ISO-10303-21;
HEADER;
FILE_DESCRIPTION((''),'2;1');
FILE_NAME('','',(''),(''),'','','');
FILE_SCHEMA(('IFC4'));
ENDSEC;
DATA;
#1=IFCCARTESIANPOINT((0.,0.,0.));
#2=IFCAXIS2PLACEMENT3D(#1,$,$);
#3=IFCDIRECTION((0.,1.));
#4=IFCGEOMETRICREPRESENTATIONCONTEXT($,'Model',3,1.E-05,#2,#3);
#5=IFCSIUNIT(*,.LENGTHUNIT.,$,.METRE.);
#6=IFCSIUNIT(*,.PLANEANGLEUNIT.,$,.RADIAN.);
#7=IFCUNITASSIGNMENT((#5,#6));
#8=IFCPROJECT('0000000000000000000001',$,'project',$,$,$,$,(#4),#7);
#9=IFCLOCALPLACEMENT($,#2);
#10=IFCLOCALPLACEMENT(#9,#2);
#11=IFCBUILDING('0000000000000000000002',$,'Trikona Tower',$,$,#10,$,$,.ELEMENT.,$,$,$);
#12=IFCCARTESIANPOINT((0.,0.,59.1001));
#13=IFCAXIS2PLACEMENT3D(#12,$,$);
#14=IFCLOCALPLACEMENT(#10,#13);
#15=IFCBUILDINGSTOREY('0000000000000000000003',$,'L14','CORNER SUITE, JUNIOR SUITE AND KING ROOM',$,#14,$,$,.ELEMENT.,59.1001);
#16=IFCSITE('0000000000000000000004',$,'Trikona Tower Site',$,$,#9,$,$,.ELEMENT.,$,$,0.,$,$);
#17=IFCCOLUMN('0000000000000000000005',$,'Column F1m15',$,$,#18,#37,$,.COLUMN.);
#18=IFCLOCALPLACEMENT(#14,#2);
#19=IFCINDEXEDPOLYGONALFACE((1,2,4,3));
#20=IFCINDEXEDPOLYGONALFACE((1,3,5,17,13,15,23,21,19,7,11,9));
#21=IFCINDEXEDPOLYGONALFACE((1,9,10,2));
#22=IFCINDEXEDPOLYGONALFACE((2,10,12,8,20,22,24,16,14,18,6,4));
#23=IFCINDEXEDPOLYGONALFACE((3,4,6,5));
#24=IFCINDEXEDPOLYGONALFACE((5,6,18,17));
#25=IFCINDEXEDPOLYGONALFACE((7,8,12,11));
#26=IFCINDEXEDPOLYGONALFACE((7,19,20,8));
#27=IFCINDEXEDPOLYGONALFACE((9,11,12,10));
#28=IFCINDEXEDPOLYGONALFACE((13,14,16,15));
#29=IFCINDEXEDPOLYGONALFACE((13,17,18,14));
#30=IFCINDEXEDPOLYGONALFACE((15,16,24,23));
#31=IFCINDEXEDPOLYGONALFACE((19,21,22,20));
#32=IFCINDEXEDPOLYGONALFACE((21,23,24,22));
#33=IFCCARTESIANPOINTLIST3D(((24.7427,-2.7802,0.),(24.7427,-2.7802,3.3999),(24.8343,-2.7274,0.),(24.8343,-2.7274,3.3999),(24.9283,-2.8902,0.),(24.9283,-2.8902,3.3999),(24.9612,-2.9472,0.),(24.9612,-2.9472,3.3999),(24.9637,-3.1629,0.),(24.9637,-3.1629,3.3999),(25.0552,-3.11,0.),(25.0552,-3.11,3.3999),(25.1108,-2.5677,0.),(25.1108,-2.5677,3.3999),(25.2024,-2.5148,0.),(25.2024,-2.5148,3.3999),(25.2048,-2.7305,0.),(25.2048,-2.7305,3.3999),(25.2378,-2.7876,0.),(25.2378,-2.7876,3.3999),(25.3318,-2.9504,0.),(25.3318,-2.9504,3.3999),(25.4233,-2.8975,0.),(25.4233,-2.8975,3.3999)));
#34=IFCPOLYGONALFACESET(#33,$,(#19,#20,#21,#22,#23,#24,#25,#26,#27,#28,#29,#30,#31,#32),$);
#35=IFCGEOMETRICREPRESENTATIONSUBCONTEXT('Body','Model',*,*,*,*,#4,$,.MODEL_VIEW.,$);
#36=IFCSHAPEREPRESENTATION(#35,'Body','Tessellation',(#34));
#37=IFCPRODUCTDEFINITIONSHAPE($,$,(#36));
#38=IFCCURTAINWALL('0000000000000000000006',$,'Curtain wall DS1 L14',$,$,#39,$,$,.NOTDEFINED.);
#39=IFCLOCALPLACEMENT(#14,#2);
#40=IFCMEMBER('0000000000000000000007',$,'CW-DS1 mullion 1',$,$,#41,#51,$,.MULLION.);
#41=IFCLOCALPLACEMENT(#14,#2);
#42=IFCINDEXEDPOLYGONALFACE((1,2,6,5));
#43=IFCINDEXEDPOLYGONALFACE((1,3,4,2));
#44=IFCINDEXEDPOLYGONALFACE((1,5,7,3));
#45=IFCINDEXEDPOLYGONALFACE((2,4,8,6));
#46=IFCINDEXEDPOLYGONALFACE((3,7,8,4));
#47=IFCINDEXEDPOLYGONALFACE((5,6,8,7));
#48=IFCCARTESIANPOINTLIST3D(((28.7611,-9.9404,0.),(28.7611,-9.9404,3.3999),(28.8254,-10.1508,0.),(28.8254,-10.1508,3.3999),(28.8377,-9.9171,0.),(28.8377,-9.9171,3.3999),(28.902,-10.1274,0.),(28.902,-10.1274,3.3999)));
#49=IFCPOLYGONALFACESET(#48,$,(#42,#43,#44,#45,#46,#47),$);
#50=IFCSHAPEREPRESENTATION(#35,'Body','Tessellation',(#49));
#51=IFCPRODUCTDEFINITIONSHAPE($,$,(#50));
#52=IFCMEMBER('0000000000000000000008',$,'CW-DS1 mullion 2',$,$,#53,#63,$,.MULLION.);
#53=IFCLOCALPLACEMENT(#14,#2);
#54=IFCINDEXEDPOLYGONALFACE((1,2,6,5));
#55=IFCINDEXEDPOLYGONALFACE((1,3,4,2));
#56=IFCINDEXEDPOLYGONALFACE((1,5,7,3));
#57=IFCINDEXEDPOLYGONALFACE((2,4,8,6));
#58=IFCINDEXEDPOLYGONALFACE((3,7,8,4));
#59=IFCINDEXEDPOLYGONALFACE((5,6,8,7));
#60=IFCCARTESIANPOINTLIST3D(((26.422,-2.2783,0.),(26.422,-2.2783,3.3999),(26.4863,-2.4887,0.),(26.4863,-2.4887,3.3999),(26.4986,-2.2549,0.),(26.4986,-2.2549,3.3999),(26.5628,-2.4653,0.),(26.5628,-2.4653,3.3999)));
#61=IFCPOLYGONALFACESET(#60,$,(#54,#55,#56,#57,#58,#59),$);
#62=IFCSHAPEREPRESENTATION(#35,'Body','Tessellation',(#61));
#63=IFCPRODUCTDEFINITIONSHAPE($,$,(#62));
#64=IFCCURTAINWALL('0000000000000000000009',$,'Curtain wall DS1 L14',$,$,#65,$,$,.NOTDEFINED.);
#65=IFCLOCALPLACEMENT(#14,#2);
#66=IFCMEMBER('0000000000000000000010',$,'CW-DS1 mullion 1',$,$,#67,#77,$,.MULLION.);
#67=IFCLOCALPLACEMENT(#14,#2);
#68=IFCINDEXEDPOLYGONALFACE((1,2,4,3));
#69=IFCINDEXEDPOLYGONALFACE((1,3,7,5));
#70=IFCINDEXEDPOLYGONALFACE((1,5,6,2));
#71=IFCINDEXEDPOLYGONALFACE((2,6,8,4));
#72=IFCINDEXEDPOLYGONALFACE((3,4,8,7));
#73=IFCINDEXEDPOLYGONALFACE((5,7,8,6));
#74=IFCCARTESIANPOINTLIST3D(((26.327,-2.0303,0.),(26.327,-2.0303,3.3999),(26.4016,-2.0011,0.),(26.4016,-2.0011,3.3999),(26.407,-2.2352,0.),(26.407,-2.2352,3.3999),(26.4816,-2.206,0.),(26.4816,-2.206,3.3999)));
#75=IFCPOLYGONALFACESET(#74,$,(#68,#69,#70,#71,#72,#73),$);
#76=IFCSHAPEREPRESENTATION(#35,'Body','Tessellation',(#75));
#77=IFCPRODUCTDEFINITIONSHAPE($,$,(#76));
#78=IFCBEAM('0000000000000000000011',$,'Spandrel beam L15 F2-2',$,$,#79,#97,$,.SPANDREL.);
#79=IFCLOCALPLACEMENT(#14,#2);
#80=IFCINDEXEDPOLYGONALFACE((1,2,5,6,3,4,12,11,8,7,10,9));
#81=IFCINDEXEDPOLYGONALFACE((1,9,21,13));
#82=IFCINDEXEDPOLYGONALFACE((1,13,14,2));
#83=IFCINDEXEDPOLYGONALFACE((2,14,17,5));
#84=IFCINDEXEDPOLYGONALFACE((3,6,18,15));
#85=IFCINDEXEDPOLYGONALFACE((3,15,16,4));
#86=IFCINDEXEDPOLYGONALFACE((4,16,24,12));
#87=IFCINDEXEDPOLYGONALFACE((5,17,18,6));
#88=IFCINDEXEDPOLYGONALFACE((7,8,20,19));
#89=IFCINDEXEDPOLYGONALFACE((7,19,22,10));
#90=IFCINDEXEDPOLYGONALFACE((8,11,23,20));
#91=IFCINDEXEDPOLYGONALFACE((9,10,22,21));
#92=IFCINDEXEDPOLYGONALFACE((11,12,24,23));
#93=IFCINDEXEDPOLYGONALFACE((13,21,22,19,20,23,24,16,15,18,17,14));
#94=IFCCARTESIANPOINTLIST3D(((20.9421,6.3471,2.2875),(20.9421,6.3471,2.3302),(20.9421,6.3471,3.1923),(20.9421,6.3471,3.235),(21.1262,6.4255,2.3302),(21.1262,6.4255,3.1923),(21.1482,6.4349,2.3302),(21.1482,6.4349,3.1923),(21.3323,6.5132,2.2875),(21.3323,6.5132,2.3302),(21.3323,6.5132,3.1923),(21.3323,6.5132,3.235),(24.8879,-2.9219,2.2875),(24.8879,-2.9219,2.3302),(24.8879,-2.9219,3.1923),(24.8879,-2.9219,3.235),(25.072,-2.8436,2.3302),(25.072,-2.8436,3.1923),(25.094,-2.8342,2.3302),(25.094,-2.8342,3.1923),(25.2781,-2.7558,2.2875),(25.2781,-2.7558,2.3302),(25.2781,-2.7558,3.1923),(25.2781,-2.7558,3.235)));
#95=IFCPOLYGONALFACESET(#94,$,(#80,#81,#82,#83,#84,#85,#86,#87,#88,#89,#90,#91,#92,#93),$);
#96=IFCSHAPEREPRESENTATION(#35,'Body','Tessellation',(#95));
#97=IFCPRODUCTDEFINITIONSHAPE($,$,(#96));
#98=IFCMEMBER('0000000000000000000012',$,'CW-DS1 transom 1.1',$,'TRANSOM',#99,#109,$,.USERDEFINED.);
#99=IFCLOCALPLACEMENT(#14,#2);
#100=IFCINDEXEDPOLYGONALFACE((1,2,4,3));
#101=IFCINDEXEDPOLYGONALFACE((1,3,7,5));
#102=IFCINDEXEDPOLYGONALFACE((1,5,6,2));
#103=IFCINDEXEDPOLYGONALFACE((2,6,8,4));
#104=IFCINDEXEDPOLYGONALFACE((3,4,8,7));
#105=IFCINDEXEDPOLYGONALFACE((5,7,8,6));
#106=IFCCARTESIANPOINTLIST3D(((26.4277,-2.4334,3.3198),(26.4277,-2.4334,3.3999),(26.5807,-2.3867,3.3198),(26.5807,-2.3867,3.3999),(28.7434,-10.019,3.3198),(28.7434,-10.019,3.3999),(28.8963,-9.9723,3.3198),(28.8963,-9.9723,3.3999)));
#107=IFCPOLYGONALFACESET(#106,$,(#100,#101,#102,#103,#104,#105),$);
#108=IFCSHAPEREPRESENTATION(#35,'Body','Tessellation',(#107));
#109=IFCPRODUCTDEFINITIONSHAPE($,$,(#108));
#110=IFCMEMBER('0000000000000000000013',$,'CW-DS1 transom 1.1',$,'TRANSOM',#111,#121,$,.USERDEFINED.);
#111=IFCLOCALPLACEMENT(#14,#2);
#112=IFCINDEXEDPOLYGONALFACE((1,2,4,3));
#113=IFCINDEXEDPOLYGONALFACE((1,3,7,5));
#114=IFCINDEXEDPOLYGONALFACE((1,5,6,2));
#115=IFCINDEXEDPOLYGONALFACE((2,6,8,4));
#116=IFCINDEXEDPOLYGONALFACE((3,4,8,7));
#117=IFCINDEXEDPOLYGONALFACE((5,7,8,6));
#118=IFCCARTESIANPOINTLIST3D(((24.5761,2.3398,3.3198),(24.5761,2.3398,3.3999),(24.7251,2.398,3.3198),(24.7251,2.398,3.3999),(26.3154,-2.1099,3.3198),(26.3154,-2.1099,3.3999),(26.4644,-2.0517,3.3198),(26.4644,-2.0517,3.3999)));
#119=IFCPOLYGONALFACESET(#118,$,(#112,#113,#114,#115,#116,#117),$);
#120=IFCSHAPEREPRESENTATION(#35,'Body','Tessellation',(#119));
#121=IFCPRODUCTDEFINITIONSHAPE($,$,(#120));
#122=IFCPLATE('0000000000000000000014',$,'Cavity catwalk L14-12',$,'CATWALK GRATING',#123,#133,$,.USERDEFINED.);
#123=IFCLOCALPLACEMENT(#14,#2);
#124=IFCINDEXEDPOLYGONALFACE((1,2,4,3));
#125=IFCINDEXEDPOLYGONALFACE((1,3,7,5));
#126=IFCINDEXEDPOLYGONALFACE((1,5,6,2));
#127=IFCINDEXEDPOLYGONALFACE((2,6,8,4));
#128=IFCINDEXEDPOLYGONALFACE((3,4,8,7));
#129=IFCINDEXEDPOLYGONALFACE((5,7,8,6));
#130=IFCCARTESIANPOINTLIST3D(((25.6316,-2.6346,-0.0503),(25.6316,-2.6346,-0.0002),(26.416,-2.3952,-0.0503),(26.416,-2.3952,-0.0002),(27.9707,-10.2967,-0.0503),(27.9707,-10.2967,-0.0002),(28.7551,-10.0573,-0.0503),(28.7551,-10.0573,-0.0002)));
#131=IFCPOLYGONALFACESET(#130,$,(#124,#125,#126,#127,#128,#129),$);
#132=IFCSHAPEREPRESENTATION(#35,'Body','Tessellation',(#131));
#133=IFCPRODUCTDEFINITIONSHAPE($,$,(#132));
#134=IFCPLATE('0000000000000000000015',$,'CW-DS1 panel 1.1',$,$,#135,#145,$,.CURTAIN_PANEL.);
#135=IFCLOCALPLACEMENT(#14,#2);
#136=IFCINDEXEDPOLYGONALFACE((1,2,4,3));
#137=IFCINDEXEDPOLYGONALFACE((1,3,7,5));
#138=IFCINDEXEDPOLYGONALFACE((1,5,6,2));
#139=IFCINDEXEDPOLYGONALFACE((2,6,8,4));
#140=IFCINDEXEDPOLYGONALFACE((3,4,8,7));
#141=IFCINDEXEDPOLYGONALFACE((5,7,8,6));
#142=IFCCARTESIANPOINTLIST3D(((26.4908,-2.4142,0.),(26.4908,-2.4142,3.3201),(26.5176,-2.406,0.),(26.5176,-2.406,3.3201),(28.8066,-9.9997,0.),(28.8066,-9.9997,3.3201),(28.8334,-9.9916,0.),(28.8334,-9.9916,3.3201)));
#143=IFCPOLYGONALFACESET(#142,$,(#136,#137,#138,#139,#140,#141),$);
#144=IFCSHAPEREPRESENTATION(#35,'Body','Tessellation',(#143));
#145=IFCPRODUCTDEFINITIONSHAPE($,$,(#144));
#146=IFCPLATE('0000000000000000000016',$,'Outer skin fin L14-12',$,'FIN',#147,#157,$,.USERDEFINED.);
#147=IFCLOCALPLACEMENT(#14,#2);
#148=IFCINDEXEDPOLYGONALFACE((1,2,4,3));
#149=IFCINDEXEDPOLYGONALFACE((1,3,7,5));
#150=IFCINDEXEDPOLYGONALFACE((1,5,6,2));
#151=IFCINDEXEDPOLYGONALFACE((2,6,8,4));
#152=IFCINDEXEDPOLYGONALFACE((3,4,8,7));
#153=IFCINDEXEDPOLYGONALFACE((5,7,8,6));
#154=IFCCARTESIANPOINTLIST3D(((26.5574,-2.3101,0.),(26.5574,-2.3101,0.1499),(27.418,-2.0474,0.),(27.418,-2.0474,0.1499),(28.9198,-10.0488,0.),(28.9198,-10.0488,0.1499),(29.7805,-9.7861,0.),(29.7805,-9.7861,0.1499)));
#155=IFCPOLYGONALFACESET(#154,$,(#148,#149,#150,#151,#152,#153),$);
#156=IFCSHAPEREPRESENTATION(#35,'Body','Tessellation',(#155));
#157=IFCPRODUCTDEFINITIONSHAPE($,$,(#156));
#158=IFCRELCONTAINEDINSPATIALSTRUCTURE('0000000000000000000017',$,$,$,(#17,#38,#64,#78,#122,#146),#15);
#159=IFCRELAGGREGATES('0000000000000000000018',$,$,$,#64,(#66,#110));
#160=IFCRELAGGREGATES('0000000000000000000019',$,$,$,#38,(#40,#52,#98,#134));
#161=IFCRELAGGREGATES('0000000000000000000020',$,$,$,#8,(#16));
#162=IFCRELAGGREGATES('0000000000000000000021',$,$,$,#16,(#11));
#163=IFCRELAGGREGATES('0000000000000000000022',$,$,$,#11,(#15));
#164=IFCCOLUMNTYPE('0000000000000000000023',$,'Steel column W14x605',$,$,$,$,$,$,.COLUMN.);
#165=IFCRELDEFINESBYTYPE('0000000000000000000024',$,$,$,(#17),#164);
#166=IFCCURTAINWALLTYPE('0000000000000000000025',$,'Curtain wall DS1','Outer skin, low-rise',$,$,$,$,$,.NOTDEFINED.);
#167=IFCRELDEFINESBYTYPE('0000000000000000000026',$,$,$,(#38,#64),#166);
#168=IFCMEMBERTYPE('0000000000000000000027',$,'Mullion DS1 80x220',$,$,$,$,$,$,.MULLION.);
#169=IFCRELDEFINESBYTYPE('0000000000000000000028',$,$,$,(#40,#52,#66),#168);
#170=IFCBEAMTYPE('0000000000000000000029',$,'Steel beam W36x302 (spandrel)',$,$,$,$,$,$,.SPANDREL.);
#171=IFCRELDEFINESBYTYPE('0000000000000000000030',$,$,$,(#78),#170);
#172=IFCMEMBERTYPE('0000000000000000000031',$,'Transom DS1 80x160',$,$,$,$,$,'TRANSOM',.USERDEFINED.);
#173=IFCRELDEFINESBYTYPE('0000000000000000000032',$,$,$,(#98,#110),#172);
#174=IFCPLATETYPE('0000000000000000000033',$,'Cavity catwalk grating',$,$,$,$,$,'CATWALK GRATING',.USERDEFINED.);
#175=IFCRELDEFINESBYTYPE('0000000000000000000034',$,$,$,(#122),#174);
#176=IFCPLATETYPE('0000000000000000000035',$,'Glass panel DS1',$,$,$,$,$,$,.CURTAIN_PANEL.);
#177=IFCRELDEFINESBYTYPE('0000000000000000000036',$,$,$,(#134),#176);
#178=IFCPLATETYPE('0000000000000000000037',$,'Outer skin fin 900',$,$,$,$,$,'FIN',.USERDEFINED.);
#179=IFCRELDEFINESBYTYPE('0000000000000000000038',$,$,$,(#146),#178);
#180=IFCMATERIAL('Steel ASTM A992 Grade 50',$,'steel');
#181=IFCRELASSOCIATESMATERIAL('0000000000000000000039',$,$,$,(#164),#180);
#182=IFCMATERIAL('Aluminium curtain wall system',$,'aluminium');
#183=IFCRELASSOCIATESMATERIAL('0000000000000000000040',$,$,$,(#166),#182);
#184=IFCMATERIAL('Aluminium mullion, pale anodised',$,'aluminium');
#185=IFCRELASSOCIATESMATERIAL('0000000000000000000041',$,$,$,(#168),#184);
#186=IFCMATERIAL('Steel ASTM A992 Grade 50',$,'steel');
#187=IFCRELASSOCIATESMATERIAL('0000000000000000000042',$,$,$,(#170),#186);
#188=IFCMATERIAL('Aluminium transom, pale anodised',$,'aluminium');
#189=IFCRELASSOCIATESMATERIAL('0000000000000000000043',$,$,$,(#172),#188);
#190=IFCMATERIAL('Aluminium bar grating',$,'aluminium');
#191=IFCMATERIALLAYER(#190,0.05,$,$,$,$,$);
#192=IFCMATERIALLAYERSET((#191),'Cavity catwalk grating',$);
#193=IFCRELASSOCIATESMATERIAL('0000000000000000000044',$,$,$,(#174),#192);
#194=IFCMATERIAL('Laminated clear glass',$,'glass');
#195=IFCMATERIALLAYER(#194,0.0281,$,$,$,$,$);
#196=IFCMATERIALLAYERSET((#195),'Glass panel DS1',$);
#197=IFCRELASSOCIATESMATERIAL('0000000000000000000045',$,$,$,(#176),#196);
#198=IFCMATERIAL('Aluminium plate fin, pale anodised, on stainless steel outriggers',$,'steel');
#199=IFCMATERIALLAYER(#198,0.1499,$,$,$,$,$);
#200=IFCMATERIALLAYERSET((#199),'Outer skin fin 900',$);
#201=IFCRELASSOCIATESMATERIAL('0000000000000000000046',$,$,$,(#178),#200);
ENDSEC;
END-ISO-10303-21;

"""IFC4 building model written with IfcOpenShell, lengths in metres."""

from ifc_helpers import new_model, si_unit, direction, frame, origin, origin_2d, place, context, subcontext, project, spatial, rectangle, i_section, extrude, material, layer, layer_set, material_profile, profile_set, type_object, element, aggregate, save


model = new_model("IFC4")

# Units and contexts
model_context = context("Model", 3, precision=1e-05, world=origin(), true_north=direction((0.0, 1.0)))
body_context = subcontext(model_context, "Body", "Model", "MODEL_VIEW")
ifc_project = project(units=[si_unit("LENGTHUNIT", "METRE"), si_unit("PLANEANGLEUNIT", "RADIAN")], contexts=[model_context])

# Site, building, storey
site_placement = place(None, origin())
site = spatial("IfcSite", under=ifc_project, at=site_placement, Name="Trikona Tower Site", CompositionType="ELEMENT", RefElevation=0.0)
building_placement = place(site_placement, origin())
building = spatial("IfcBuilding", under=site, at=building_placement, Name="Trikona Tower", CompositionType="ELEMENT")
storey_placement = place(building_placement, frame((0.0, 0.0, 59.1001)))
storey = spatial("IfcBuildingStorey", under=building, at=storey_placement, Name="L14", Description="CORNER SUITE, JUNIOR SUITE AND KING ROOM", CompositionType="ELEMENT", Elevation=59.1001)

# Column
ifc_material_1 = material(Name="Steel ASTM A992 Grade 50", Category="steel")
ifc_material_profile_1 = material_profile(ifc_material_1, i_section(OverallWidth=0.4419, OverallDepth=0.5308, WebThickness=0.0659, FlangeThickness=0.1057, at=origin_2d()), Name="W14X605")
ifc_profile_set_1 = profile_set([ifc_material_profile_1], Name="Steel ASTM A992 Grade 50")
column_type = type_object("IfcColumnType", Name="Steel column W14x605", PredefinedType="COLUMN", material=ifc_profile_set_1)
column_placement = place(storey_placement, frame((25.083, -2.8389, 0.0), z_axis=(0.0, 0.0, 1.0), x_axis=(-0.5, 0.866025, 0.0)))
element("IfcColumn", 1, at=column_placement, inside=storey, type_object=column_type, Name="Column F1m15", PredefinedType="COLUMN", context=body_context, shape_type="SweptSolid", body=[
    extrude(i_section(OverallWidth=0.4419, OverallDepth=0.5308, WebThickness=0.0659, FlangeThickness=0.1057, at=origin_2d()), origin(), (0.0, 0.0, 1.0), 3.3999),
])

# Curtain wall, members
ifc_material_2 = material(Name="Aluminium curtain wall system", Category="aluminium")
curtain_wall_type = type_object("IfcCurtainWallType", Name="Curtain wall DS1", Description="Outer skin, low-rise", PredefinedType="NOTDEFINED", material=ifc_material_2)
curtain_wall_1_placement = place(storey_placement, origin())
curtain_wall_1 = element("IfcCurtainWall", 2, at=curtain_wall_1_placement, inside=storey, type_object=curtain_wall_type, Name="Curtain wall DS1 L14", PredefinedType="NOTDEFINED")
ifc_material_3 = material(Name="Aluminium mullion, pale anodised", Category="aluminium")
ifc_material_profile_2 = material_profile(ifc_material_3, rectangle(XDim=0.0801, YDim=0.22, at=origin_2d()), Name="MUL-DS1")
ifc_profile_set_2 = profile_set([ifc_material_profile_2], Name="Aluminium mullion, pale anodised")
member_type_1 = type_object("IfcMemberType", Name="Mullion DS1 80x220", PredefinedType="MULLION", material=ifc_profile_set_2)
member_1_placement = place(storey_placement, frame((28.8315, -10.0339, 0.0), z_axis=(0.0, 0.0, 1.0), x_axis=(-0.956423, -0.291984, 0.0)))
member_1 = element("IfcMember", 3, at=member_1_placement, type_object=member_type_1, Name="CW-DS1 mullion 1", PredefinedType="MULLION", context=body_context, shape_type="SweptSolid", body=[
    extrude(rectangle(XDim=0.0801, YDim=0.22, at=origin_2d()), origin(), (0.0, 0.0, 1.0), 3.3999),
])
member_2_placement = place(storey_placement, frame((26.4924, -2.3718, 0.0), z_axis=(0.0, 0.0, 1.0), x_axis=(-0.956423, -0.291984, 0.0)))
member_2 = element("IfcMember", 4, at=member_2_placement, type_object=member_type_1, Name="CW-DS1 mullion 2", PredefinedType="MULLION", context=body_context, shape_type="SweptSolid", body=[
    extrude(rectangle(XDim=0.0801, YDim=0.22, at=origin_2d()), origin(), (0.0, 0.0, 1.0), 3.3999),
])

# Curtain wall, member
curtain_wall_2_placement = place(storey_placement, origin())
curtain_wall_2 = element("IfcCurtainWall", 5, at=curtain_wall_2_placement, inside=storey, type_object=curtain_wall_type, Name="Curtain wall DS1 L14", PredefinedType="NOTDEFINED")
member_3_placement = place(storey_placement, frame((26.4043, -2.1182, 0.0), z_axis=(0.0, 0.0, 1.0), x_axis=(-0.931396, -0.364008, 0.0)))
member_3 = element("IfcMember", 6, at=member_3_placement, type_object=member_type_1, Name="CW-DS1 mullion 1", PredefinedType="MULLION", context=body_context, shape_type="SweptSolid", body=[
    extrude(rectangle(XDim=0.0801, YDim=0.22, at=origin_2d()), origin(), (0.0, 0.0, 1.0), 3.3999),
])

# Beam
ifc_material_4 = material(Name="Steel ASTM A992 Grade 50", Category="steel")
ifc_material_profile_3 = material_profile(ifc_material_4, i_section(OverallWidth=0.4241, OverallDepth=0.9475, WebThickness=0.0239, FlangeThickness=0.0427, at=origin_2d()), Name="W36X302")
ifc_profile_set_3 = profile_set([ifc_material_profile_3], Name="Steel ASTM A992 Grade 50")
beam_type = type_object("IfcBeamType", Name="Steel beam W36x302 (spandrel)", PredefinedType="SPANDREL", material=ifc_profile_set_3)
beam_placement = place(storey_placement, frame((25.083, -2.8389, 2.7612), z_axis=(-0.391684, 0.9201, 0.0), x_axis=(-0.9201, -0.391684, 0.0)))
element("IfcBeam", 7, at=beam_placement, inside=storey, type_object=beam_type, Name="Spandrel beam L15 F2-2", PredefinedType="SPANDREL", context=body_context, shape_type="SweptSolid", body=[
    extrude(i_section(OverallWidth=0.4241, OverallDepth=0.9475, WebThickness=0.0239, FlangeThickness=0.0427, at=origin_2d()), origin(), (0.0, 0.0, 1.0), 10.074),
])

# Members
ifc_material_5 = material(Name="Aluminium transom, pale anodised", Category="aluminium")
ifc_material_profile_4 = material_profile(ifc_material_5, rectangle(XDim=0.1599, YDim=0.0801, at=origin_2d()), Name="TRN-DS1")
ifc_profile_set_4 = profile_set([ifc_material_profile_4], Name="Aluminium transom, pale anodised")
member_type_2 = type_object("IfcMemberType", Name="Transom DS1 80x160", ElementType="TRANSOM", PredefinedType="USERDEFINED", material=ifc_profile_set_4)
member_4_placement = place(storey_placement, frame((28.8198, -9.9956, 3.3599), z_axis=(-0.291967, 0.956428, 0.0), x_axis=(-0.956428, -0.291967, 0.0)))
member_4 = element("IfcMember", 8, at=member_4_placement, type_object=member_type_2, Name="CW-DS1 transom 1.1", ObjectType="TRANSOM", PredefinedType="USERDEFINED", context=body_context, shape_type="SweptSolid", body=[
    extrude(rectangle(XDim=0.1599, YDim=0.0801, at=origin_2d()), origin(), (0.0, 0.0, 1.0), 7.9312),
])
member_5_placement = place(storey_placement, frame((26.3899, -2.0808, 3.3599), z_axis=(-0.364049, 0.93138, 0.0), x_axis=(-0.93138, -0.364049, 0.0)))
member_5 = element("IfcMember", 9, at=member_5_placement, type_object=member_type_2, Name="CW-DS1 transom 1.1", ObjectType="TRANSOM", PredefinedType="USERDEFINED", context=body_context, shape_type="SweptSolid", body=[
    extrude(rectangle(XDim=0.1599, YDim=0.0801, at=origin_2d()), origin(), (0.0, 0.0, 1.0), 4.7776),
])
aggregate(curtain_wall_2, [member_3, member_5])

# Plates
ifc_material_6 = material(Name="Aluminium bar grating", Category="aluminium")
ifc_layer_1 = layer(ifc_material_6, 0.05)
ifc_layer_set_1 = layer_set([ifc_layer_1], Name="Cavity catwalk grating")
plate_type_1 = type_object("IfcPlateType", Name="Cavity catwalk grating", ElementType="CATWALK GRATING", PredefinedType="USERDEFINED", material=ifc_layer_set_1)
plate_1_placement = place(storey_placement, frame((27.1934, -6.3459, -0.0503), z_axis=(0.0, 0.0, 1.0), x_axis=(-0.291979, 0.956425, 0.0)))
element("IfcPlate", 10, at=plate_1_placement, inside=storey, type_object=plate_type_1, Name="Cavity catwalk L14-12", ObjectType="CATWALK GRATING", PredefinedType="USERDEFINED", context=body_context, shape_type="SweptSolid", body=[
    extrude(rectangle(XDim=8.0112, YDim=0.8201, at=origin_2d()), origin(), (0.0, 0.0, 1.0), 0.05),
])
ifc_material_7 = material(Name="Laminated clear glass", Category="glass")
ifc_layer_2 = layer(ifc_material_7, 0.0281)
ifc_layer_set_2 = layer_set([ifc_layer_2], Name="Glass panel DS1")
plate_type_2 = type_object("IfcPlateType", Name="Glass panel DS1", PredefinedType="CURTAIN_PANEL", material=ifc_layer_set_2)
plate_2_placement = place(storey_placement, frame((27.6621, -6.2029, 0.0), z_axis=(0.0, 0.0, 1.0), x_axis=(-0.291984, 0.956423, 0.0)))
plate_2 = element("IfcPlate", 11, at=plate_2_placement, type_object=plate_type_2, Name="CW-DS1 panel 1.1", PredefinedType="CURTAIN_PANEL", context=body_context, shape_type="SweptSolid", body=[
    extrude(rectangle(XDim=7.9312, YDim=0.0281, at=origin_2d()), origin(), (0.0, 0.0, 1.0), 3.3201),
])
aggregate(curtain_wall_1, [member_1, member_2, member_4, plate_2])
ifc_material_8 = material(Name="Aluminium plate fin, pale anodised, on stainless steel outriggers", Category="steel")
ifc_layer_3 = layer(ifc_material_8, 0.1499)
ifc_layer_set_3 = layer_set([ifc_layer_3], Name="Outer skin fin 900")
plate_type_3 = type_object("IfcPlateType", Name="Outer skin fin 900", ElementType="FIN", PredefinedType="USERDEFINED", material=ifc_layer_set_3)
plate_3_placement = place(storey_placement, frame((28.1689, -6.0481, 0.0), z_axis=(0.0, 0.0, 1.0), x_axis=(-0.291979, 0.956425, 0.0)))
element("IfcPlate", 12, at=plate_3_placement, inside=storey, type_object=plate_type_3, Name="Outer skin fin L14-12", ObjectType="FIN", PredefinedType="USERDEFINED", context=body_context, shape_type="SweptSolid", body=[
    extrude(rectangle(XDim=8.0913, YDim=0.8999, at=origin_2d()), origin(), (0.0, 0.0, 1.0), 0.1499),
])

save(model, "model.ifc")
